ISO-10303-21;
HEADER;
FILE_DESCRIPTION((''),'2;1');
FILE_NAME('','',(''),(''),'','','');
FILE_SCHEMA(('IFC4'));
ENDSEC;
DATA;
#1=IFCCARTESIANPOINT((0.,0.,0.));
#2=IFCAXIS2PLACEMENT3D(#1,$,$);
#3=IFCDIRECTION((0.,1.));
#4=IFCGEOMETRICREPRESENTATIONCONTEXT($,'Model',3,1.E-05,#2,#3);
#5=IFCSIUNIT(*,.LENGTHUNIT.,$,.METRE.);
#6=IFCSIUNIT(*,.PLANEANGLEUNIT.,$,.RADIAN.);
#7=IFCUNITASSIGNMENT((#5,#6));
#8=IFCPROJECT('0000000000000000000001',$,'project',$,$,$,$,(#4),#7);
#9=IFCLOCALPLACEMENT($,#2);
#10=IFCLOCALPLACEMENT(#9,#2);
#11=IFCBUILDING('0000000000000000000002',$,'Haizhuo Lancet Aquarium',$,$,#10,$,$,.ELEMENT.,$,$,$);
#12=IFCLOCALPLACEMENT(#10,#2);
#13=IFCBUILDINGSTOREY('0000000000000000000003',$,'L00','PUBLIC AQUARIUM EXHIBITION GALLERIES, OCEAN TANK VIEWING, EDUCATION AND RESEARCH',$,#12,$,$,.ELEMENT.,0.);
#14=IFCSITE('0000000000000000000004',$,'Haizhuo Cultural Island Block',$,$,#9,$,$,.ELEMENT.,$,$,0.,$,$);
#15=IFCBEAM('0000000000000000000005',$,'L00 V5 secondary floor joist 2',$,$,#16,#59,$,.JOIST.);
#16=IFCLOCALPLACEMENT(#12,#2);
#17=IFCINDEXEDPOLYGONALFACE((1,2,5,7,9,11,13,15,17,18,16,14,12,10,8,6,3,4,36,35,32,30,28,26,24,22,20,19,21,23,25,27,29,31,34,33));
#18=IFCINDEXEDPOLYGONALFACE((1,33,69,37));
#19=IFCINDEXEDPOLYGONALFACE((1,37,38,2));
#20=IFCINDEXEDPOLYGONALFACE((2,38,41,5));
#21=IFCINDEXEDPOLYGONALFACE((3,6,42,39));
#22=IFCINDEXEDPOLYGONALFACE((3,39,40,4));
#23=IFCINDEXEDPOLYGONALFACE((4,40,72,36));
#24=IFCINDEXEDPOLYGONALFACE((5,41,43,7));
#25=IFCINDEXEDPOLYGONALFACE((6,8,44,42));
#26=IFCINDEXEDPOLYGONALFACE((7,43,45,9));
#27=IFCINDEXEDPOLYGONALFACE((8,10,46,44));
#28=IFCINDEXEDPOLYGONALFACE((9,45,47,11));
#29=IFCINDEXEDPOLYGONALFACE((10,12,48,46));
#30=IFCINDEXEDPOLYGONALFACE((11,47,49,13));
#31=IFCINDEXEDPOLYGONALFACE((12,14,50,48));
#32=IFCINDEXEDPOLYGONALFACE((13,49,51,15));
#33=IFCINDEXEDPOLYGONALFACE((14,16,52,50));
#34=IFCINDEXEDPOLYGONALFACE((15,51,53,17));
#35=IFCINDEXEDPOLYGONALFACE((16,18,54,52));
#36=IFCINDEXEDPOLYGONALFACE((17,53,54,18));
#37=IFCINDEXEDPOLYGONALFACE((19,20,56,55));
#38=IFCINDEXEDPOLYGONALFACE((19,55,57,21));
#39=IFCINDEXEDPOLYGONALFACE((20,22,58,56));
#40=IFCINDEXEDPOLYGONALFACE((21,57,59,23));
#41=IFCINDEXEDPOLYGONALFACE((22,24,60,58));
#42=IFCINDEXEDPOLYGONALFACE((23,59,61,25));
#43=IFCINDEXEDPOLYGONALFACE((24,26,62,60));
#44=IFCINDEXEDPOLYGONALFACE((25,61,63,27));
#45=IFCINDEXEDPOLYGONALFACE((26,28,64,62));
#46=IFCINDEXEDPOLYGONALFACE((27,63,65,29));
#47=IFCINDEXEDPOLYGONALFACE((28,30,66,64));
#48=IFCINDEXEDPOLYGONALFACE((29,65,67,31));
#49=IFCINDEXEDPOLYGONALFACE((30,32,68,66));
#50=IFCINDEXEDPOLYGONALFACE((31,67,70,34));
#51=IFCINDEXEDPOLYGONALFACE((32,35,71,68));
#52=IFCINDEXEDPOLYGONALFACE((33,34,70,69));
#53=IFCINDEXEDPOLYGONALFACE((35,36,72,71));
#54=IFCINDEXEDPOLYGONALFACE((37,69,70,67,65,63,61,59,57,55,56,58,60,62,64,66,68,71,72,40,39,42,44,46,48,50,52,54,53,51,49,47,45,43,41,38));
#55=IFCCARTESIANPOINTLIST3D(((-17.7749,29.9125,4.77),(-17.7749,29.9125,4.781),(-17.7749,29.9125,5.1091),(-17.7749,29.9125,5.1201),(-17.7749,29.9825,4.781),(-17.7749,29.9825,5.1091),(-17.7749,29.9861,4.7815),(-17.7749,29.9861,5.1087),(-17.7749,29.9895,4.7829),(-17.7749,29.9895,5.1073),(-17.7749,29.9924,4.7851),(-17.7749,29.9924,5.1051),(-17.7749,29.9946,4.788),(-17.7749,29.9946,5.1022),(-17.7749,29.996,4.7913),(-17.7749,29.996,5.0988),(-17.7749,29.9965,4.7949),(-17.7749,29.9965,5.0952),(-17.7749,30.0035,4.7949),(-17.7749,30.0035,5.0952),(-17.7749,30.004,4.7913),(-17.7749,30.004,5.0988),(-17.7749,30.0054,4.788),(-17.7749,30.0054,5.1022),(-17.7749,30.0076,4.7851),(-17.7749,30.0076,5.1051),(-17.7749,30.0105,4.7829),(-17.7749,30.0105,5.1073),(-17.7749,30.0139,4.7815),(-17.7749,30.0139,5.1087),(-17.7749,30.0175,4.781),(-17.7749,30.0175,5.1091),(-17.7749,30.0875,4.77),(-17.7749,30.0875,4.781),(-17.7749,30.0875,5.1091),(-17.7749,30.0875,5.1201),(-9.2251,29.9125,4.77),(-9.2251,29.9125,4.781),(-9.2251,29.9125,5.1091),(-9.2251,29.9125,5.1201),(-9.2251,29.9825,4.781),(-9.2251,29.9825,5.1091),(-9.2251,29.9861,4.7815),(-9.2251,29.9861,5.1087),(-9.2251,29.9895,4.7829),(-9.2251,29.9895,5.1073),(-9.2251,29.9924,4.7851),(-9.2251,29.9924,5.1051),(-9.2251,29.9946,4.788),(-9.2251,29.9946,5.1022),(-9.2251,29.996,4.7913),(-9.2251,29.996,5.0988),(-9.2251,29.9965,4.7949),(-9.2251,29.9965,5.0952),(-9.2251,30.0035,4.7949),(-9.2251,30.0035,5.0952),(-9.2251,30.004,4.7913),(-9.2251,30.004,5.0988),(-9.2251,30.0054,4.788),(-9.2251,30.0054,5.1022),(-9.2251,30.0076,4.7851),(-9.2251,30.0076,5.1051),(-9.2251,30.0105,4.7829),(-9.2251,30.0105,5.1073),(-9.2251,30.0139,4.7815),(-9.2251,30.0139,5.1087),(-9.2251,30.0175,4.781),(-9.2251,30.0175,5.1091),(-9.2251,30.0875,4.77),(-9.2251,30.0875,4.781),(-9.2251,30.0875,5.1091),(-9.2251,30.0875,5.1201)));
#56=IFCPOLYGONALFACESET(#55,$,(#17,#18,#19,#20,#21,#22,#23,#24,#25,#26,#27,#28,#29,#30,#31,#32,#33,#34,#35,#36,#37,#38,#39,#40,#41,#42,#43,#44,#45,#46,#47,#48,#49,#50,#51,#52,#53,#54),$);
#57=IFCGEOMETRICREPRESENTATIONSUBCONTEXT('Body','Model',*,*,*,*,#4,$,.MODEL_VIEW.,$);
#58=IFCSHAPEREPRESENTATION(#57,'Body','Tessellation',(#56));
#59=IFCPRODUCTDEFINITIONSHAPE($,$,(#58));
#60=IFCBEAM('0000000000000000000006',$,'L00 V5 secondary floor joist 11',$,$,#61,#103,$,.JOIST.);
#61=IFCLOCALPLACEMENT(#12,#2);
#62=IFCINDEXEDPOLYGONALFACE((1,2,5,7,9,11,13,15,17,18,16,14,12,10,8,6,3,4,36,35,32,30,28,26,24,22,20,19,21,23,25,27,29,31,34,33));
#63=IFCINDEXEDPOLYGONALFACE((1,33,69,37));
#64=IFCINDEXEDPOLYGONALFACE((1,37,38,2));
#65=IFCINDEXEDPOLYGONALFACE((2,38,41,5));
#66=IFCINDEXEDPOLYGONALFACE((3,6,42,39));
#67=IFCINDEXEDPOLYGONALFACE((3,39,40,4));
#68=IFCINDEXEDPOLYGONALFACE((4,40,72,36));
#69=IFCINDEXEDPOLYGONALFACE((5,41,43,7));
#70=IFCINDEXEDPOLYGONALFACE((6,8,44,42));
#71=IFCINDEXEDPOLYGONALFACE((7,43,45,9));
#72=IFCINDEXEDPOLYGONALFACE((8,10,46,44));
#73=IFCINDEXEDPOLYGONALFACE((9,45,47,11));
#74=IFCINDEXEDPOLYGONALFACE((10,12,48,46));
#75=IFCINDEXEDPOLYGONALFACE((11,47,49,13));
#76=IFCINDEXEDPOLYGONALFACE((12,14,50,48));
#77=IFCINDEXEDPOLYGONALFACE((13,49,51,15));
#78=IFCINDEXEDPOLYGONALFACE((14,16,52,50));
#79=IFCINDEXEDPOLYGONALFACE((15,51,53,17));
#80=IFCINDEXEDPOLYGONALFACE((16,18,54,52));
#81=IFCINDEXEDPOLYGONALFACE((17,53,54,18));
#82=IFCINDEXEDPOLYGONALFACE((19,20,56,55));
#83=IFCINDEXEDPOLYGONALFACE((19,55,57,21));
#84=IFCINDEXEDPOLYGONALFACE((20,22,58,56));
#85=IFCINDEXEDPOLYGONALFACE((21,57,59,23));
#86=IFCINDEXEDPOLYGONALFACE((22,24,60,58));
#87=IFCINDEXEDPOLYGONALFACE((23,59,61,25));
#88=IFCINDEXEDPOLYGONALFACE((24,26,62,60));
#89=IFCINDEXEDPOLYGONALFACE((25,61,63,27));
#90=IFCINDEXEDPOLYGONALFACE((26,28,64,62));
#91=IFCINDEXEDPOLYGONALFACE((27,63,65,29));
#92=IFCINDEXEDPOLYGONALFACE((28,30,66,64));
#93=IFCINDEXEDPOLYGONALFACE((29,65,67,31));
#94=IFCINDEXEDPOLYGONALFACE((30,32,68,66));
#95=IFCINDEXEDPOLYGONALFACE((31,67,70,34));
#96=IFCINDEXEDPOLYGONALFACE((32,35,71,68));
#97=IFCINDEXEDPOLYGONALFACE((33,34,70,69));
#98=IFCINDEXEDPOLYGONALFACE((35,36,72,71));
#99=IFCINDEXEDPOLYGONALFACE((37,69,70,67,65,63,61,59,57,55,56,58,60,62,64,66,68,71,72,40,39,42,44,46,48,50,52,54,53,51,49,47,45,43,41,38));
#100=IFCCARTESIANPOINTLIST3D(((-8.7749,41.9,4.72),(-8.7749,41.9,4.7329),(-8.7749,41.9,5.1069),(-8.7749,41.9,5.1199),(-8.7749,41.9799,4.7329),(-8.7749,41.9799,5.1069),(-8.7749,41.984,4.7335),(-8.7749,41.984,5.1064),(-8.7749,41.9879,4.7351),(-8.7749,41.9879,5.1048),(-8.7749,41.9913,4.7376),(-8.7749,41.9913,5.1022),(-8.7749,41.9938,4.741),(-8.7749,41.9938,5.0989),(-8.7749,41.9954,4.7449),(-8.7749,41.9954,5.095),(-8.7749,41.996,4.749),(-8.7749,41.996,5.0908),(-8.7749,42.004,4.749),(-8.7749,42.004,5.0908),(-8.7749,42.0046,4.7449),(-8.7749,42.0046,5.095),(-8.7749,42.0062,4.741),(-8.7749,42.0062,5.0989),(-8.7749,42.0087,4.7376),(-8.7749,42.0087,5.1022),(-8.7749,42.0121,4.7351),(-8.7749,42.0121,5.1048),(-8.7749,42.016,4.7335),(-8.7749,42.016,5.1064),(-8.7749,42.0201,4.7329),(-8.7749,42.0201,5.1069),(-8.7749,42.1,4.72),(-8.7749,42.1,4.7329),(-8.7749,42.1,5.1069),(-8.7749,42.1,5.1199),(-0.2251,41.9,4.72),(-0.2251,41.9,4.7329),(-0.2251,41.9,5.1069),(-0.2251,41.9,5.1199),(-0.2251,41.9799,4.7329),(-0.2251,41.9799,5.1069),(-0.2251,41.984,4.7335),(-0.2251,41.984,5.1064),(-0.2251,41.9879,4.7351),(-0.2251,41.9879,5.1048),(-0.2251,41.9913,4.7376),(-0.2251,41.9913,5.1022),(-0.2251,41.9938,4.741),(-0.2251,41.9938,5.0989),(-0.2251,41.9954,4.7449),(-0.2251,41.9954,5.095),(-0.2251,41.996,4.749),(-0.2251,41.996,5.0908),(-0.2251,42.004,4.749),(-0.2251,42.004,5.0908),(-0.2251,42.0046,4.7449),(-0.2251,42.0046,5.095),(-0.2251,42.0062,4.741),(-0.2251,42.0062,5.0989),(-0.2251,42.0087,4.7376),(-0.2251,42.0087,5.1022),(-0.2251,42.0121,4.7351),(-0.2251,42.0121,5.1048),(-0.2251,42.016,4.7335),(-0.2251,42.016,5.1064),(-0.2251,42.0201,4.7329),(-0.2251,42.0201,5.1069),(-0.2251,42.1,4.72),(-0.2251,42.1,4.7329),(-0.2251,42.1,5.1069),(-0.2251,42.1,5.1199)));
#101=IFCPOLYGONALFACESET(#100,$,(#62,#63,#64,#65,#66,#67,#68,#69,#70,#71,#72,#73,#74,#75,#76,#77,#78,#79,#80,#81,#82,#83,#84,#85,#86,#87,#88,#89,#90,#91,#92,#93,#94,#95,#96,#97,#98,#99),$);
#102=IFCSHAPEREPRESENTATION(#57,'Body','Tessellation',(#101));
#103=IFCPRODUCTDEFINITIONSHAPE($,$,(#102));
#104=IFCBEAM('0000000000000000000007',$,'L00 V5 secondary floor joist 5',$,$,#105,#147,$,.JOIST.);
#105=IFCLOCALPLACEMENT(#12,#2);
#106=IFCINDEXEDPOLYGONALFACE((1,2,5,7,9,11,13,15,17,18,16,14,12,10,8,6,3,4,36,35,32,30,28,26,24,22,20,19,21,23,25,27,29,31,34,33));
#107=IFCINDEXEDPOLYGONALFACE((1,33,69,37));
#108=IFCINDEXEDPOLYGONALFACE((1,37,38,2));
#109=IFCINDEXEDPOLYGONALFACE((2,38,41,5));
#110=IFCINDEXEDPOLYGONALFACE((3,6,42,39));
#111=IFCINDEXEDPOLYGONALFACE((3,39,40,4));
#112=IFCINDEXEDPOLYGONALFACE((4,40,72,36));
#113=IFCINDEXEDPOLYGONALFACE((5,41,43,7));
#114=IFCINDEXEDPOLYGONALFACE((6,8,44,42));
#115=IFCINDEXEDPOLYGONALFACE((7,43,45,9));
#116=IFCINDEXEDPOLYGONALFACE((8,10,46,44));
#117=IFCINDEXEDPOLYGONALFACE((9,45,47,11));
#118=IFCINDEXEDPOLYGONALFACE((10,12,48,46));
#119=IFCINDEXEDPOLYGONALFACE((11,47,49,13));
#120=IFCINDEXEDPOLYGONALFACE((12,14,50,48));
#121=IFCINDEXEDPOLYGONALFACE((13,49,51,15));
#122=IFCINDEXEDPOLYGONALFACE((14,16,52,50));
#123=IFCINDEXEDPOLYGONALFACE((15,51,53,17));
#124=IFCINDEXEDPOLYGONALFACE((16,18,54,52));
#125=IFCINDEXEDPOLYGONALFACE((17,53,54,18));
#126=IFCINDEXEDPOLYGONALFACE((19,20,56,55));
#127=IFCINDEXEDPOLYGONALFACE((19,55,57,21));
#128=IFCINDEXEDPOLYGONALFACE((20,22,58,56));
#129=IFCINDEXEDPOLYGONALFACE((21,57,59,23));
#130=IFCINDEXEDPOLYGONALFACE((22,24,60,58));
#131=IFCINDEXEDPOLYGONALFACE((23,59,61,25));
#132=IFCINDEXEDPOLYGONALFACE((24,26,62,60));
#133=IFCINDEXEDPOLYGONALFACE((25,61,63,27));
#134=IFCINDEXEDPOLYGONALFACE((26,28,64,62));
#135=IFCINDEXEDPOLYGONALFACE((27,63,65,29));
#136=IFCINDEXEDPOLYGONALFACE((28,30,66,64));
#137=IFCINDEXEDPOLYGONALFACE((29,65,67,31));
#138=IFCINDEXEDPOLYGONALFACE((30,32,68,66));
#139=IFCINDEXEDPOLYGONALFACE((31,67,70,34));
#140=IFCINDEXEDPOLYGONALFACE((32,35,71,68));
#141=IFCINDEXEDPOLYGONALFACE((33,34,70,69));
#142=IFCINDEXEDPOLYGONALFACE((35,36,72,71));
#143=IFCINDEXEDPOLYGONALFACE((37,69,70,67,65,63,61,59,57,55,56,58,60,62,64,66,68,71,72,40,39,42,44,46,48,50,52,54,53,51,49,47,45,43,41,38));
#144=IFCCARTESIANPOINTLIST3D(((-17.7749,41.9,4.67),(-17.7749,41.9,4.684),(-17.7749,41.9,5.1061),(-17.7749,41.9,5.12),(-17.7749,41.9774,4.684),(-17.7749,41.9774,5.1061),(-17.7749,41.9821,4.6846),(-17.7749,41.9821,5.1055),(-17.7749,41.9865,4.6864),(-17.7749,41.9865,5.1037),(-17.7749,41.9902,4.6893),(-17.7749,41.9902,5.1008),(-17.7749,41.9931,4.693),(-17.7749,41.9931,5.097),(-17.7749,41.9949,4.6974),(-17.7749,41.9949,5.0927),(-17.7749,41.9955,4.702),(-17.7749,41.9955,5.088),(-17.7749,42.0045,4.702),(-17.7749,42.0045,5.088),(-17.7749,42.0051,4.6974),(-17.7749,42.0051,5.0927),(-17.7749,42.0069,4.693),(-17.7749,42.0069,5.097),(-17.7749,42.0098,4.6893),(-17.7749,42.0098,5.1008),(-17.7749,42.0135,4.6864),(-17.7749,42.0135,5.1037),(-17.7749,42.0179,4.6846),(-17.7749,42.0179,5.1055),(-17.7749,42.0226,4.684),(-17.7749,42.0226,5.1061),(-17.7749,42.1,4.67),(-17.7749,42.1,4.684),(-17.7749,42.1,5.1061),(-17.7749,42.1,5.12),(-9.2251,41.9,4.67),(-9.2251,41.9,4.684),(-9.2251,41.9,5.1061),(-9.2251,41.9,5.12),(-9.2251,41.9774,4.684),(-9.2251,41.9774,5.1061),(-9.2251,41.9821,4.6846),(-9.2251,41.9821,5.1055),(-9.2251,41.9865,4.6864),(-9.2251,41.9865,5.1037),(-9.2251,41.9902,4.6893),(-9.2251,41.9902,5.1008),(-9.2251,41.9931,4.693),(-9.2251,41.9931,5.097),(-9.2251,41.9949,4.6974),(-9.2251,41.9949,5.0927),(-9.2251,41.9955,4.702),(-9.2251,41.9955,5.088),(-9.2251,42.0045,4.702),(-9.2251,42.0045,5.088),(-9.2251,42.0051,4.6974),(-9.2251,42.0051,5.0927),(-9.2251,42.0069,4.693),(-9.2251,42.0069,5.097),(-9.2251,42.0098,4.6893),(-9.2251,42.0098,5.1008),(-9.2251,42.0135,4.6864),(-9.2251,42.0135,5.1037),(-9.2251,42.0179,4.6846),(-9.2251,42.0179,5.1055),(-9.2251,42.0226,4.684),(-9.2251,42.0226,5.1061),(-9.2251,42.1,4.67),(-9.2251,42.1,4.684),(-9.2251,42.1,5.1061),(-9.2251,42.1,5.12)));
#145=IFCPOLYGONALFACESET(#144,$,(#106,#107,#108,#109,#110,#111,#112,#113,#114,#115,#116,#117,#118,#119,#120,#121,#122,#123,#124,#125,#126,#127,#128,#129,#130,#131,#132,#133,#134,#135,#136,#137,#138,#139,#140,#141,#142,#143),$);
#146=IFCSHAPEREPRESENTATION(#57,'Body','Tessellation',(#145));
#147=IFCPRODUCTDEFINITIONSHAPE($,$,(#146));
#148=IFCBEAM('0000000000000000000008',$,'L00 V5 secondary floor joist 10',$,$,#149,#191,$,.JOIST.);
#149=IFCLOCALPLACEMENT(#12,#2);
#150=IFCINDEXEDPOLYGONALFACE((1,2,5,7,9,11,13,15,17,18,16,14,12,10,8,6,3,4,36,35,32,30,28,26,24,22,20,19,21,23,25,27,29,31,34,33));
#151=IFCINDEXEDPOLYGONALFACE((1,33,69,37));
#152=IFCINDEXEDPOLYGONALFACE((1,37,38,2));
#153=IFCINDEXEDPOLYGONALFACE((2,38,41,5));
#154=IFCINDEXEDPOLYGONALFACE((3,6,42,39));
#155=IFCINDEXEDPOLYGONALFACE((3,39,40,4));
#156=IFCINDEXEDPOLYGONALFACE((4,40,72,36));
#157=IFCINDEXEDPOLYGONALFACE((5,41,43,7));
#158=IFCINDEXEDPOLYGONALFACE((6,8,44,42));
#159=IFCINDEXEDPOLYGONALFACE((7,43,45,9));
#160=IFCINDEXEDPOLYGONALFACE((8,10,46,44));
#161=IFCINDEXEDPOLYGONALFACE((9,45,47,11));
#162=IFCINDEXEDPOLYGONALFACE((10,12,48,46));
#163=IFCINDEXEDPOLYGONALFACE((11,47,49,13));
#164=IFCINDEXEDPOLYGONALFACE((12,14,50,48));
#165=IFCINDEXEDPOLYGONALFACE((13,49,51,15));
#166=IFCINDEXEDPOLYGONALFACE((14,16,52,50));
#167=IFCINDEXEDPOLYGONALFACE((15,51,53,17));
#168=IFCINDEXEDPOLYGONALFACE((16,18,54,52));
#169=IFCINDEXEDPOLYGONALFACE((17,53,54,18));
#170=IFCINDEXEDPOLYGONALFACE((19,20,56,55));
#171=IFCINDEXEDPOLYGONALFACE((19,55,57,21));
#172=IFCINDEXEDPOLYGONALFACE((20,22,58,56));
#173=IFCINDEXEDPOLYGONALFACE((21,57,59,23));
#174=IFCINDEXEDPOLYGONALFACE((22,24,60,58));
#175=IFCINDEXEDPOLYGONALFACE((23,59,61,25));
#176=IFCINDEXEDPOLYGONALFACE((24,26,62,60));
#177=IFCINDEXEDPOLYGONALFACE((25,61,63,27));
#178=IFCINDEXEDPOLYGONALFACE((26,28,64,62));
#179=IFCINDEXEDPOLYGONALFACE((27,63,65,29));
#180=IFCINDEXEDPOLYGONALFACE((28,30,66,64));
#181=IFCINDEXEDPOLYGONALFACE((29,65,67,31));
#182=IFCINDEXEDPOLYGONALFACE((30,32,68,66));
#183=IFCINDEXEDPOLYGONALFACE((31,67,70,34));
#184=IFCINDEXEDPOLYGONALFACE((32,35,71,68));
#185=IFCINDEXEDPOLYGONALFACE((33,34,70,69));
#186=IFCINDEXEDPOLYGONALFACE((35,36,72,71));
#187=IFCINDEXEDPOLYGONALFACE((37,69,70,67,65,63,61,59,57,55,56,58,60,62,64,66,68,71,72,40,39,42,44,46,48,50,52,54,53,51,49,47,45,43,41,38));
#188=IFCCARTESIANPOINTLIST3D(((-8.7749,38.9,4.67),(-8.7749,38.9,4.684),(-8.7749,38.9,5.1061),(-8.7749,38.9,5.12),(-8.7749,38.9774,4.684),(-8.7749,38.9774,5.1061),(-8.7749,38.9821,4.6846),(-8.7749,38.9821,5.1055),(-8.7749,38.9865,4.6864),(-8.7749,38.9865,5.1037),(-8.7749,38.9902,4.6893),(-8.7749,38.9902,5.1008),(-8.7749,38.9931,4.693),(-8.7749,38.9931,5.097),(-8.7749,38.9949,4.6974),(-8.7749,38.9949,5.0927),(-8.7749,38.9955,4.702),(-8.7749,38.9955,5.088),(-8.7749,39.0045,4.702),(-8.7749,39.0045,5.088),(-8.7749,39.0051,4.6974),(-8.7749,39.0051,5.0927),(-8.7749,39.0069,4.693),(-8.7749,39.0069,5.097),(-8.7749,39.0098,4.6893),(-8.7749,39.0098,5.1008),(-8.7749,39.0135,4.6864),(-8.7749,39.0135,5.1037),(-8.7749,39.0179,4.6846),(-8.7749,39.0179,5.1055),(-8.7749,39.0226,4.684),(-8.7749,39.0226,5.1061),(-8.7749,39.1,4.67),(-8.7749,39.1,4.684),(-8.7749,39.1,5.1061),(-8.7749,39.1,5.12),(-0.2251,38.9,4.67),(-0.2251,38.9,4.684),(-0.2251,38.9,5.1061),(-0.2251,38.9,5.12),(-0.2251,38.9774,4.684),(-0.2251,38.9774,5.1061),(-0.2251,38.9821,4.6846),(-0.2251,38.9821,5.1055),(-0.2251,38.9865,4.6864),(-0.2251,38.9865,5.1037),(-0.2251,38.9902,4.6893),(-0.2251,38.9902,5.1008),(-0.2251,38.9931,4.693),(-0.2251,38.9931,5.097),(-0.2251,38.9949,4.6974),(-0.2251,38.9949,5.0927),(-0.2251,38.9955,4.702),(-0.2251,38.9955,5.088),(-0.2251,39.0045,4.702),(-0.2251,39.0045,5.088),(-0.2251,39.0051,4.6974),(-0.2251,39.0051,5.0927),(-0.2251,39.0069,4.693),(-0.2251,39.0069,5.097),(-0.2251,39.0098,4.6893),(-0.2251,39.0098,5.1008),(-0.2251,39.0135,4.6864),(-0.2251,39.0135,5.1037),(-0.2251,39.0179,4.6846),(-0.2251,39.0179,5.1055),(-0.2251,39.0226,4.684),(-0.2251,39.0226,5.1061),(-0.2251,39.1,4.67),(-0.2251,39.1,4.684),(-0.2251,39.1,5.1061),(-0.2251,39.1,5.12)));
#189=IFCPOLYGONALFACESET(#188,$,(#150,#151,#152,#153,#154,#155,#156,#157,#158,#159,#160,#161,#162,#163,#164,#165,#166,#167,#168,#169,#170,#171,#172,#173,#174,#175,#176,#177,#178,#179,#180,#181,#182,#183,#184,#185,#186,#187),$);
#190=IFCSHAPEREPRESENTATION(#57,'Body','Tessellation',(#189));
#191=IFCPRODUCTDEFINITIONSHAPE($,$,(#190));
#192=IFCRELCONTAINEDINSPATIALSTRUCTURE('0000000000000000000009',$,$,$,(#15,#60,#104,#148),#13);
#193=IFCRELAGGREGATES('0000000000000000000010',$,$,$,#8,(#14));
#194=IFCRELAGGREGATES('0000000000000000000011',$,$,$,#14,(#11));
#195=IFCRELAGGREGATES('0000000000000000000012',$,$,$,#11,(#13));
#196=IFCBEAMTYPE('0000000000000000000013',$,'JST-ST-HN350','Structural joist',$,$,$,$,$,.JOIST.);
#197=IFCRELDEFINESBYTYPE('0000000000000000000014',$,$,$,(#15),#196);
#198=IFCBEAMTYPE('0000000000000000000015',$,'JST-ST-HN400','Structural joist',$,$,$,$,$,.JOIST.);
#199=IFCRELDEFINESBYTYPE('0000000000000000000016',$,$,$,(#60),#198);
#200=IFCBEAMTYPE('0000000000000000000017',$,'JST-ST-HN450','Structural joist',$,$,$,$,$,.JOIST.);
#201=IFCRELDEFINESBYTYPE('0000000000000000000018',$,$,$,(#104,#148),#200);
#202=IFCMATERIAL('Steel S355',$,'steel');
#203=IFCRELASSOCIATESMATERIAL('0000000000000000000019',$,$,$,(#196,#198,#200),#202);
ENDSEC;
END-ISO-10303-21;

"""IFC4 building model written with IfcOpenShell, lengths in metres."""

from ifc_helpers import new_model, si_unit, direction, frame, origin, origin_2d, place, context, subcontext, project, spatial, i_section, extrude, material, material_profile, profile_set, type_object, element, save


model = new_model("IFC4")

# Units and contexts
model_context = context("Model", 3, precision=1e-05, world=origin(), true_north=direction((0.0, 1.0)))
body_context = subcontext(model_context, "Body", "Model", "MODEL_VIEW")
ifc_project = project(units=[si_unit("LENGTHUNIT", "METRE"), si_unit("PLANEANGLEUNIT", "RADIAN")], contexts=[model_context])

# Site, building, storey
site_placement = place(None, origin())
site = spatial("IfcSite", under=ifc_project, at=site_placement, Name="Haizhuo Cultural Island Block", CompositionType="ELEMENT", RefElevation=0.0)
building_placement = place(site_placement, origin())
building = spatial("IfcBuilding", under=site, at=building_placement, Name="Haizhuo Lancet Aquarium", CompositionType="ELEMENT")
storey_placement = place(building_placement, origin())
storey = spatial("IfcBuildingStorey", under=building, at=storey_placement, Name="L00", Description="PUBLIC AQUARIUM EXHIBITION GALLERIES, OCEAN TANK VIEWING, EDUCATION AND RESEARCH", CompositionType="ELEMENT", Elevation=0.0)

# Beams
ifc_material_1 = material(Name="Steel S355", Category="steel")
ifc_material_profile_1 = material_profile(ifc_material_1, i_section(OverallWidth=0.175, OverallDepth=0.3501, WebThickness=0.0071, FlangeThickness=0.011, FilletRadius=0.0139, at=origin_2d()), Name="HN 350x175x7x11")
ifc_profile_set_1 = profile_set([ifc_material_profile_1], Name="Steel S355")
beam_type_1 = type_object("IfcBeamType", Name="JST-ST-HN350", Description="Structural joist", PredefinedType="JOIST", material=ifc_profile_set_1)
beam_1_placement = place(storey_placement, frame((-17.7749, 30.0, 4.9451), z_axis=(1.0, 0.0, 0.0), x_axis=(0.0, 1.0, 0.0)))
element("IfcBeam", 1, at=beam_1_placement, inside=storey, type_object=beam_type_1, Name="L00 V5 secondary floor joist 2", PredefinedType="JOIST", context=body_context, shape_type="SweptSolid", body=[
    extrude(i_section(OverallWidth=0.175, OverallDepth=0.3501, WebThickness=0.0071, FlangeThickness=0.011, FilletRadius=0.0139, at=origin_2d()), origin(), (0.0, 0.0, 1.0), 8.5498),
])
ifc_material_profile_2 = material_profile(ifc_material_1, i_section(OverallWidth=0.2, OverallDepth=0.3999, WebThickness=0.0081, FlangeThickness=0.0129, FilletRadius=0.0161, at=origin_2d()), Name="HN 400x200x8x13")
ifc_profile_set_2 = profile_set([ifc_material_profile_2], Name="Steel S355")
beam_type_2 = type_object("IfcBeamType", Name="JST-ST-HN400", Description="Structural joist", PredefinedType="JOIST", material=ifc_profile_set_2)
beam_2_placement = place(storey_placement, frame((-8.7749, 42.0, 4.9199), z_axis=(1.0, 0.0, 0.0), x_axis=(0.0, 1.0, 0.0)))
element("IfcBeam", 2, at=beam_2_placement, inside=storey, type_object=beam_type_2, Name="L00 V5 secondary floor joist 11", PredefinedType="JOIST", context=body_context, shape_type="SweptSolid", body=[
    extrude(i_section(OverallWidth=0.2, OverallDepth=0.3999, WebThickness=0.0081, FlangeThickness=0.0129, FilletRadius=0.0161, at=origin_2d()), origin(), (0.0, 0.0, 1.0), 8.5498),
])
ifc_material_profile_3 = material_profile(ifc_material_1, i_section(OverallWidth=0.2, OverallDepth=0.45, WebThickness=0.009, FlangeThickness=0.0139, FilletRadius=0.0181, at=origin_2d()), Name="HN 450x200x9x14")
ifc_profile_set_3 = profile_set([ifc_material_profile_3], Name="Steel S355")
beam_type_3 = type_object("IfcBeamType", Name="JST-ST-HN450", Description="Structural joist", PredefinedType="JOIST", material=ifc_profile_set_3)
for number, where, z_axis, x_axis, name in (
    (3, (-17.7749, 42.0, 4.895), (1.0, 0.0, 0.0), (0.0, 1.0, 0.0), "L00 V5 secondary floor joist 5"),
    (4, (-8.7749, 39.0, 4.895), (1.0, 0.0, 0.0), (0.0, 1.0, 0.0), "L00 V5 secondary floor joist 10"),
):
    element("IfcBeam", number, at=place(storey_placement, frame(where, z_axis=z_axis, x_axis=x_axis)), inside=storey, type_object=beam_type_3, Name=name, PredefinedType="JOIST", context=body_context, shape_type="SweptSolid", body=[
        extrude(i_section(OverallWidth=0.2, OverallDepth=0.45, WebThickness=0.009, FlangeThickness=0.0139, FilletRadius=0.0181, at=origin_2d()), origin(), (0.0, 0.0, 1.0), 8.5498),
    ])

save(model, "model.ifc")
